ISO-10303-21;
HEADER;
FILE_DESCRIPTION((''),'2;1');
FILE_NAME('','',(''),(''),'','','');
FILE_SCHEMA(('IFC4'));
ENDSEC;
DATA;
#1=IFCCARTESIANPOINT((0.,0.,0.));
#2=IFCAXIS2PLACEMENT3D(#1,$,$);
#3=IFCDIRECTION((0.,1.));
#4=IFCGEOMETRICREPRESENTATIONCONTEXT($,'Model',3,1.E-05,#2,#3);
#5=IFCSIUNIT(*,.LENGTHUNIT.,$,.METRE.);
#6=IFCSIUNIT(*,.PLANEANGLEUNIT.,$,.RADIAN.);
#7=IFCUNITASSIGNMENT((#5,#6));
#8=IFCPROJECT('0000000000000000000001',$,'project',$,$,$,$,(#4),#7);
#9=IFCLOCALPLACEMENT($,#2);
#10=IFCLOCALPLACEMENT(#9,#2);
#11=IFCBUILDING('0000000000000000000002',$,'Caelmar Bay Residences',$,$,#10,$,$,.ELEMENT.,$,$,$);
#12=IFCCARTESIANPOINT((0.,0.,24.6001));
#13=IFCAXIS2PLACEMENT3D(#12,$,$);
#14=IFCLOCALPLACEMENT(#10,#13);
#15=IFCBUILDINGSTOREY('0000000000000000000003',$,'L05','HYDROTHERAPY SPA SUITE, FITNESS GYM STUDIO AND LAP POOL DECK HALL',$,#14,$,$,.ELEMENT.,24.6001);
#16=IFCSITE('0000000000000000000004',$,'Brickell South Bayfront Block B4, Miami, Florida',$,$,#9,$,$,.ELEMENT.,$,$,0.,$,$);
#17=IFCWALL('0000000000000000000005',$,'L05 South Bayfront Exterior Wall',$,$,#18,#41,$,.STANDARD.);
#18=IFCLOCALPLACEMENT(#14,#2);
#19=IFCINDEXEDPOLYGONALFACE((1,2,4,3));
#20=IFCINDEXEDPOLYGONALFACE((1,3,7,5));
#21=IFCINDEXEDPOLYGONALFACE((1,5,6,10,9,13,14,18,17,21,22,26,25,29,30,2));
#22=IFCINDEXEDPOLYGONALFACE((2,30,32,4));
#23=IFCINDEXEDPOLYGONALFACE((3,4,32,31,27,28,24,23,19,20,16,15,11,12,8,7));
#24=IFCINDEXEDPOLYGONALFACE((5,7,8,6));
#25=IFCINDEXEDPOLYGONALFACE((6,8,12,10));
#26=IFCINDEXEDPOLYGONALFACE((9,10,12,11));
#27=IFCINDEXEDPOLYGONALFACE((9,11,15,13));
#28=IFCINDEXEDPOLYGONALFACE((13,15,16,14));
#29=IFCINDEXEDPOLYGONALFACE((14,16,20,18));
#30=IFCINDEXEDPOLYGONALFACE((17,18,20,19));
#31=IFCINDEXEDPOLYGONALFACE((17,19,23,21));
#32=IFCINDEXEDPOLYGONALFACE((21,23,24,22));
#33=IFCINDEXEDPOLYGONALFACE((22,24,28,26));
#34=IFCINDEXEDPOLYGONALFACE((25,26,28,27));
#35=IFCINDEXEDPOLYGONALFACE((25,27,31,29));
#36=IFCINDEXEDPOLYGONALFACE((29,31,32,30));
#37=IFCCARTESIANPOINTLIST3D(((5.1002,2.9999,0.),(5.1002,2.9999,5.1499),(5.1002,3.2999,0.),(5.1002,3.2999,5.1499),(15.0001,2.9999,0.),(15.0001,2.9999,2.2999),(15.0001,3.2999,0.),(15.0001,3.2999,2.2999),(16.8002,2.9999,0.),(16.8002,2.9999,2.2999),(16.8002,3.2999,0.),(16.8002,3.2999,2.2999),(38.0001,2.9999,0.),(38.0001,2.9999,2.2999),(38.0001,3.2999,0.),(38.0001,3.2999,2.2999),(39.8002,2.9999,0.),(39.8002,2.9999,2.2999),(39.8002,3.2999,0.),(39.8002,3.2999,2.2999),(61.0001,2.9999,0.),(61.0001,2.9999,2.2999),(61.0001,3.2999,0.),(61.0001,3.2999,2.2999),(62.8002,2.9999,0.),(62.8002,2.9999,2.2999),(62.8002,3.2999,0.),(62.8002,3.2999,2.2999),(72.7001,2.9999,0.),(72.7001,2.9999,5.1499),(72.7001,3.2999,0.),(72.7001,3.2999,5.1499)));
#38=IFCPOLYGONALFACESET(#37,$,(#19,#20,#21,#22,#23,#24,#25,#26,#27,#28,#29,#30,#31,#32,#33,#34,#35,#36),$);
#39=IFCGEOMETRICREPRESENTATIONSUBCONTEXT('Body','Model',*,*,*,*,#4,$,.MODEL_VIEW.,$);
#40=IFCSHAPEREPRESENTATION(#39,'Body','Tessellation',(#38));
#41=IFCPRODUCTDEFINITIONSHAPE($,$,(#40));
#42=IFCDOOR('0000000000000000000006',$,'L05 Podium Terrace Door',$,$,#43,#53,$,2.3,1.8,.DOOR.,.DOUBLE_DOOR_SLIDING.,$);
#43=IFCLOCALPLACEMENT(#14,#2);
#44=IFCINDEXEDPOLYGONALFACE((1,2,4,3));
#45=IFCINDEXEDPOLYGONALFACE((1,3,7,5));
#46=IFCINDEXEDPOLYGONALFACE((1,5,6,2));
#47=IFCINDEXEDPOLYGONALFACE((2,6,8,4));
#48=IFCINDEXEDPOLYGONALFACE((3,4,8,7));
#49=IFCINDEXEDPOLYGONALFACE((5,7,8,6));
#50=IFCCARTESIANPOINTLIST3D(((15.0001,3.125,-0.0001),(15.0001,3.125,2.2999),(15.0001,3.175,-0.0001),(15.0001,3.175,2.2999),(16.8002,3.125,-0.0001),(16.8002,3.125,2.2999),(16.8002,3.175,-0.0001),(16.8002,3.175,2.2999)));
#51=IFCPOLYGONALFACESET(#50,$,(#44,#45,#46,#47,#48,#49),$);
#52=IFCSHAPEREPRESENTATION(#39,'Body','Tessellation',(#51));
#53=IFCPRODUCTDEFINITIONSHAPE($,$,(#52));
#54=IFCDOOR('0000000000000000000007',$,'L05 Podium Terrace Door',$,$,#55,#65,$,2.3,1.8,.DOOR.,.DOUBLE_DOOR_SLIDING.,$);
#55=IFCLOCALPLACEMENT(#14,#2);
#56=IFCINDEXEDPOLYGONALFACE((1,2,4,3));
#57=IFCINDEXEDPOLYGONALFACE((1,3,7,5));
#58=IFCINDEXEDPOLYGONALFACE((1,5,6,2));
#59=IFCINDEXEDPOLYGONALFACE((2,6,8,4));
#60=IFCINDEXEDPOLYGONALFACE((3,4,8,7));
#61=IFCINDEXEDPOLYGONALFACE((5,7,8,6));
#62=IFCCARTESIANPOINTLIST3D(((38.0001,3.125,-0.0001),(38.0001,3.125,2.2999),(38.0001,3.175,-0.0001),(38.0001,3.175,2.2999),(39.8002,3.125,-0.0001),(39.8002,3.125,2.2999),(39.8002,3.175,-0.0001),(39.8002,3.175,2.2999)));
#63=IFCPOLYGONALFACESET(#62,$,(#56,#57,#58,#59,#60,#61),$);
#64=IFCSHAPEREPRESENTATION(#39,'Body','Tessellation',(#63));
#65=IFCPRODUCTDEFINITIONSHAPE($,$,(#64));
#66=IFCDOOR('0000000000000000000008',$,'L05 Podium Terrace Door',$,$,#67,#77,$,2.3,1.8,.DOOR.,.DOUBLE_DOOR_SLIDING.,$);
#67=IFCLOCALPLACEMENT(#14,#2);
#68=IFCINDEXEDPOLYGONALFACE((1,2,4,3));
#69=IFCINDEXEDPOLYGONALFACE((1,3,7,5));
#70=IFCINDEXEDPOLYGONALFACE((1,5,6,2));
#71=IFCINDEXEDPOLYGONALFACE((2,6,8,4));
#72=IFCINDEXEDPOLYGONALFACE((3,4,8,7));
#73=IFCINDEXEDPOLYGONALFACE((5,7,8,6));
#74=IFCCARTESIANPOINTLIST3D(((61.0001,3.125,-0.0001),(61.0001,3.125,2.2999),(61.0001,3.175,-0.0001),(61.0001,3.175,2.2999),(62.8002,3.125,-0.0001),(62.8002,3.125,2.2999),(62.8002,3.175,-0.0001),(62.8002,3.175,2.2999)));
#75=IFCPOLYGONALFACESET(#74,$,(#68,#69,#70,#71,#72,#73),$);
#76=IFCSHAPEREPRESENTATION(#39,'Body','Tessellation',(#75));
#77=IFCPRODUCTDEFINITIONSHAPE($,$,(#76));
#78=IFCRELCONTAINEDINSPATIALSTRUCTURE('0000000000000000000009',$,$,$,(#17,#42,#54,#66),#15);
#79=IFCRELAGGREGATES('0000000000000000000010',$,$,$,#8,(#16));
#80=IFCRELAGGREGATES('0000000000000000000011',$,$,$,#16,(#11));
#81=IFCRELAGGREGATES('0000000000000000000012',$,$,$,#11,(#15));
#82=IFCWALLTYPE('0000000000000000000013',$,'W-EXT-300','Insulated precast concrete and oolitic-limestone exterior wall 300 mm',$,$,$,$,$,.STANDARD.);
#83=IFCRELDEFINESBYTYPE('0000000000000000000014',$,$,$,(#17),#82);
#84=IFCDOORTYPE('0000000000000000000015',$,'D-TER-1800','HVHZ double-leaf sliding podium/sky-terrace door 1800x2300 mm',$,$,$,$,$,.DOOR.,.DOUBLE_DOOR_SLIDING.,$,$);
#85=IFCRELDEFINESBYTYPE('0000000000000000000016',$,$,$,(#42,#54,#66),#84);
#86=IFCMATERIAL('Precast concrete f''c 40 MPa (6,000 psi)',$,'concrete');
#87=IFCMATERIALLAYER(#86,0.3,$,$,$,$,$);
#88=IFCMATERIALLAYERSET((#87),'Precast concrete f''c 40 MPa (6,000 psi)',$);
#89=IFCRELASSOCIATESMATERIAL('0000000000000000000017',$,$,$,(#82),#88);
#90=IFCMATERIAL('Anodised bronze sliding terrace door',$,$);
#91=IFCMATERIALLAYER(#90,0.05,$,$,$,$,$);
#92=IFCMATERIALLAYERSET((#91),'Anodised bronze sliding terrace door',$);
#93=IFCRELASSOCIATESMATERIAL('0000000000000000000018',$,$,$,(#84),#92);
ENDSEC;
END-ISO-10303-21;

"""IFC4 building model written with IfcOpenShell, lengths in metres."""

from ifc_helpers import new_model, si_unit, direction, frame, frame_2d, origin, place, context, subcontext, project, spatial, rectangle, extrude, material, layer, layer_set, type_object, element, fill, save


model = new_model("IFC4")

# Units and contexts
model_context = context("Model", 3, precision=1e-05, world=origin(), true_north=direction((0.0, 1.0)))
body_context = subcontext(model_context, "Body", "Model", "MODEL_VIEW")
ifc_project = project(units=[si_unit("LENGTHUNIT", "METRE"), si_unit("PLANEANGLEUNIT", "RADIAN")], contexts=[model_context])

# Site, building, storey
site_placement = place(None, origin())
site = spatial("IfcSite", under=ifc_project, at=site_placement, Name="Brickell South Bayfront Block B4, Miami, Florida", CompositionType="ELEMENT", RefElevation=0.0)
building_placement = place(site_placement, origin())
building = spatial("IfcBuilding", under=site, at=building_placement, Name="Caelmar Bay Residences", CompositionType="ELEMENT")
storey_placement = place(building_placement, frame((0.0, 0.0, 24.6001)))
storey = spatial("IfcBuildingStorey", under=building, at=storey_placement, Name="L05", Description="HYDROTHERAPY SPA SUITE, FITNESS GYM STUDIO AND LAP POOL DECK HALL", CompositionType="ELEMENT", Elevation=24.6001)

# Wall, openings, doors
ifc_material_1 = material(Name="Precast concrete f'c 40 MPa (6,000 psi)", Category="concrete")
ifc_layer_1 = layer(ifc_material_1, 0.3)
ifc_layer_set_1 = layer_set([ifc_layer_1], Name="Precast concrete f'c 40 MPa (6,000 psi)")
wall_type = type_object("IfcWallType", Name="W-EXT-300", Description="Insulated precast concrete and oolitic-limestone exterior wall 300 mm", PredefinedType="STANDARD", material=ifc_layer_set_1)
wall_placement = place(storey_placement, frame((72.7, 3.1499, 0.0), z_axis=(0.0, 0.0, 1.0), x_axis=(-1.0, 0.0, 0.0)))
wall = element("IfcWall", 1, at=wall_placement, inside=storey, type_object=wall_type, Name="L05 South Bayfront Exterior Wall", PredefinedType="STANDARD", context=body_context, shape_type="SweptSolid", body=[
    extrude(rectangle(XDim=67.5999, YDim=0.3, at=frame_2d((33.7998, 0.0))), origin(), (0.0, 0.0, 1.0), 5.1499),
])
opening_1_placement = place(wall_placement, frame((55.8999, 0.0, 0.0)))
opening_1 = element("IfcOpeningElement", 2, at=opening_1_placement, cuts=wall, PredefinedType="OPENING", context=body_context, shape_type="SweptSolid", body=[
    extrude(rectangle(XDim=1.8, YDim=2.3, at=frame_2d((0.8999, 1.1499))), frame((0.0, 0.1599, 0.0), z_axis=(0.0, -1.0, 0.0), x_axis=(1.0, 0.0, 0.0)), (0.0, 0.0, 1.0), 0.3201),
])
opening_2_placement = place(wall_placement, frame((32.8999, 0.0, 0.0)))
opening_2 = element("IfcOpeningElement", 3, at=opening_2_placement, cuts=wall, PredefinedType="OPENING", context=body_context, shape_type="SweptSolid", body=[
    extrude(rectangle(XDim=1.8, YDim=2.3, at=frame_2d((0.8999, 1.1499))), frame((0.0, 0.1599, 0.0), z_axis=(0.0, -1.0, 0.0), x_axis=(1.0, 0.0, 0.0)), (0.0, 0.0, 1.0), 0.3201),
])
opening_3_placement = place(wall_placement, frame((9.8999, 0.0, 0.0)))
opening_3 = element("IfcOpeningElement", 4, at=opening_3_placement, cuts=wall, PredefinedType="OPENING", context=body_context, shape_type="SweptSolid", body=[
    extrude(rectangle(XDim=1.8, YDim=2.3, at=frame_2d((0.8999, 1.1499))), frame((0.0, 0.1599, 0.0), z_axis=(0.0, -1.0, 0.0), x_axis=(1.0, 0.0, 0.0)), (0.0, 0.0, 1.0), 0.3201),
])
ifc_material_2 = material(Name="Anodised bronze sliding terrace door")
ifc_layer_2 = layer(ifc_material_2, 0.05)
ifc_layer_set_2 = layer_set([ifc_layer_2], Name="Anodised bronze sliding terrace door")
door_type = type_object("IfcDoorType", Name="D-TER-1800", Description="HVHZ double-leaf sliding podium/sky-terrace door 1800x2300 mm", OperationType="DOUBLE_DOOR_SLIDING", PredefinedType="DOOR", material=ifc_layer_set_2)
door_1_placement = place(opening_1_placement, origin())
door_1 = element("IfcDoor", 5, at=door_1_placement, inside=storey, type_object=door_type, Name="L05 Podium Terrace Door", OperationType="DOUBLE_DOOR_SLIDING", OverallHeight=2.3, OverallWidth=1.8, PredefinedType="DOOR", context=body_context, shape_type="SweptSolid", body=[
    extrude(rectangle(XDim=1.8, YDim=2.3, at=frame_2d((0.8999, 1.1499))), frame((0.0, 0.0249, 0.0), z_axis=(0.0, -1.0, 0.0), x_axis=(1.0, 0.0, 0.0)), (0.0, 0.0, 1.0), 0.05),
])
fill(opening_1, door_1)
door_2_placement = place(opening_2_placement, origin())
door_2 = element("IfcDoor", 6, at=door_2_placement, inside=storey, type_object=door_type, Name="L05 Podium Terrace Door", OperationType="DOUBLE_DOOR_SLIDING", OverallHeight=2.3, OverallWidth=1.8, PredefinedType="DOOR", context=body_context, shape_type="SweptSolid", body=[
    extrude(rectangle(XDim=1.8, YDim=2.3, at=frame_2d((0.8999, 1.1499))), frame((0.0, 0.0249, 0.0), z_axis=(0.0, -1.0, 0.0), x_axis=(1.0, 0.0, 0.0)), (0.0, 0.0, 1.0), 0.05),
])
fill(opening_2, door_2)
door_3_placement = place(opening_3_placement, origin())
door_3 = element("IfcDoor", 7, at=door_3_placement, inside=storey, type_object=door_type, Name="L05 Podium Terrace Door", OperationType="DOUBLE_DOOR_SLIDING", OverallHeight=2.3, OverallWidth=1.8, PredefinedType="DOOR", context=body_context, shape_type="SweptSolid", body=[
    extrude(rectangle(XDim=1.8, YDim=2.3, at=frame_2d((0.8999, 1.1499))), frame((0.0, 0.0249, 0.0), z_axis=(0.0, -1.0, 0.0), x_axis=(1.0, 0.0, 0.0)), (0.0, 0.0, 1.0), 0.05),
])
fill(opening_3, door_3)

save(model, "model.ifc")
